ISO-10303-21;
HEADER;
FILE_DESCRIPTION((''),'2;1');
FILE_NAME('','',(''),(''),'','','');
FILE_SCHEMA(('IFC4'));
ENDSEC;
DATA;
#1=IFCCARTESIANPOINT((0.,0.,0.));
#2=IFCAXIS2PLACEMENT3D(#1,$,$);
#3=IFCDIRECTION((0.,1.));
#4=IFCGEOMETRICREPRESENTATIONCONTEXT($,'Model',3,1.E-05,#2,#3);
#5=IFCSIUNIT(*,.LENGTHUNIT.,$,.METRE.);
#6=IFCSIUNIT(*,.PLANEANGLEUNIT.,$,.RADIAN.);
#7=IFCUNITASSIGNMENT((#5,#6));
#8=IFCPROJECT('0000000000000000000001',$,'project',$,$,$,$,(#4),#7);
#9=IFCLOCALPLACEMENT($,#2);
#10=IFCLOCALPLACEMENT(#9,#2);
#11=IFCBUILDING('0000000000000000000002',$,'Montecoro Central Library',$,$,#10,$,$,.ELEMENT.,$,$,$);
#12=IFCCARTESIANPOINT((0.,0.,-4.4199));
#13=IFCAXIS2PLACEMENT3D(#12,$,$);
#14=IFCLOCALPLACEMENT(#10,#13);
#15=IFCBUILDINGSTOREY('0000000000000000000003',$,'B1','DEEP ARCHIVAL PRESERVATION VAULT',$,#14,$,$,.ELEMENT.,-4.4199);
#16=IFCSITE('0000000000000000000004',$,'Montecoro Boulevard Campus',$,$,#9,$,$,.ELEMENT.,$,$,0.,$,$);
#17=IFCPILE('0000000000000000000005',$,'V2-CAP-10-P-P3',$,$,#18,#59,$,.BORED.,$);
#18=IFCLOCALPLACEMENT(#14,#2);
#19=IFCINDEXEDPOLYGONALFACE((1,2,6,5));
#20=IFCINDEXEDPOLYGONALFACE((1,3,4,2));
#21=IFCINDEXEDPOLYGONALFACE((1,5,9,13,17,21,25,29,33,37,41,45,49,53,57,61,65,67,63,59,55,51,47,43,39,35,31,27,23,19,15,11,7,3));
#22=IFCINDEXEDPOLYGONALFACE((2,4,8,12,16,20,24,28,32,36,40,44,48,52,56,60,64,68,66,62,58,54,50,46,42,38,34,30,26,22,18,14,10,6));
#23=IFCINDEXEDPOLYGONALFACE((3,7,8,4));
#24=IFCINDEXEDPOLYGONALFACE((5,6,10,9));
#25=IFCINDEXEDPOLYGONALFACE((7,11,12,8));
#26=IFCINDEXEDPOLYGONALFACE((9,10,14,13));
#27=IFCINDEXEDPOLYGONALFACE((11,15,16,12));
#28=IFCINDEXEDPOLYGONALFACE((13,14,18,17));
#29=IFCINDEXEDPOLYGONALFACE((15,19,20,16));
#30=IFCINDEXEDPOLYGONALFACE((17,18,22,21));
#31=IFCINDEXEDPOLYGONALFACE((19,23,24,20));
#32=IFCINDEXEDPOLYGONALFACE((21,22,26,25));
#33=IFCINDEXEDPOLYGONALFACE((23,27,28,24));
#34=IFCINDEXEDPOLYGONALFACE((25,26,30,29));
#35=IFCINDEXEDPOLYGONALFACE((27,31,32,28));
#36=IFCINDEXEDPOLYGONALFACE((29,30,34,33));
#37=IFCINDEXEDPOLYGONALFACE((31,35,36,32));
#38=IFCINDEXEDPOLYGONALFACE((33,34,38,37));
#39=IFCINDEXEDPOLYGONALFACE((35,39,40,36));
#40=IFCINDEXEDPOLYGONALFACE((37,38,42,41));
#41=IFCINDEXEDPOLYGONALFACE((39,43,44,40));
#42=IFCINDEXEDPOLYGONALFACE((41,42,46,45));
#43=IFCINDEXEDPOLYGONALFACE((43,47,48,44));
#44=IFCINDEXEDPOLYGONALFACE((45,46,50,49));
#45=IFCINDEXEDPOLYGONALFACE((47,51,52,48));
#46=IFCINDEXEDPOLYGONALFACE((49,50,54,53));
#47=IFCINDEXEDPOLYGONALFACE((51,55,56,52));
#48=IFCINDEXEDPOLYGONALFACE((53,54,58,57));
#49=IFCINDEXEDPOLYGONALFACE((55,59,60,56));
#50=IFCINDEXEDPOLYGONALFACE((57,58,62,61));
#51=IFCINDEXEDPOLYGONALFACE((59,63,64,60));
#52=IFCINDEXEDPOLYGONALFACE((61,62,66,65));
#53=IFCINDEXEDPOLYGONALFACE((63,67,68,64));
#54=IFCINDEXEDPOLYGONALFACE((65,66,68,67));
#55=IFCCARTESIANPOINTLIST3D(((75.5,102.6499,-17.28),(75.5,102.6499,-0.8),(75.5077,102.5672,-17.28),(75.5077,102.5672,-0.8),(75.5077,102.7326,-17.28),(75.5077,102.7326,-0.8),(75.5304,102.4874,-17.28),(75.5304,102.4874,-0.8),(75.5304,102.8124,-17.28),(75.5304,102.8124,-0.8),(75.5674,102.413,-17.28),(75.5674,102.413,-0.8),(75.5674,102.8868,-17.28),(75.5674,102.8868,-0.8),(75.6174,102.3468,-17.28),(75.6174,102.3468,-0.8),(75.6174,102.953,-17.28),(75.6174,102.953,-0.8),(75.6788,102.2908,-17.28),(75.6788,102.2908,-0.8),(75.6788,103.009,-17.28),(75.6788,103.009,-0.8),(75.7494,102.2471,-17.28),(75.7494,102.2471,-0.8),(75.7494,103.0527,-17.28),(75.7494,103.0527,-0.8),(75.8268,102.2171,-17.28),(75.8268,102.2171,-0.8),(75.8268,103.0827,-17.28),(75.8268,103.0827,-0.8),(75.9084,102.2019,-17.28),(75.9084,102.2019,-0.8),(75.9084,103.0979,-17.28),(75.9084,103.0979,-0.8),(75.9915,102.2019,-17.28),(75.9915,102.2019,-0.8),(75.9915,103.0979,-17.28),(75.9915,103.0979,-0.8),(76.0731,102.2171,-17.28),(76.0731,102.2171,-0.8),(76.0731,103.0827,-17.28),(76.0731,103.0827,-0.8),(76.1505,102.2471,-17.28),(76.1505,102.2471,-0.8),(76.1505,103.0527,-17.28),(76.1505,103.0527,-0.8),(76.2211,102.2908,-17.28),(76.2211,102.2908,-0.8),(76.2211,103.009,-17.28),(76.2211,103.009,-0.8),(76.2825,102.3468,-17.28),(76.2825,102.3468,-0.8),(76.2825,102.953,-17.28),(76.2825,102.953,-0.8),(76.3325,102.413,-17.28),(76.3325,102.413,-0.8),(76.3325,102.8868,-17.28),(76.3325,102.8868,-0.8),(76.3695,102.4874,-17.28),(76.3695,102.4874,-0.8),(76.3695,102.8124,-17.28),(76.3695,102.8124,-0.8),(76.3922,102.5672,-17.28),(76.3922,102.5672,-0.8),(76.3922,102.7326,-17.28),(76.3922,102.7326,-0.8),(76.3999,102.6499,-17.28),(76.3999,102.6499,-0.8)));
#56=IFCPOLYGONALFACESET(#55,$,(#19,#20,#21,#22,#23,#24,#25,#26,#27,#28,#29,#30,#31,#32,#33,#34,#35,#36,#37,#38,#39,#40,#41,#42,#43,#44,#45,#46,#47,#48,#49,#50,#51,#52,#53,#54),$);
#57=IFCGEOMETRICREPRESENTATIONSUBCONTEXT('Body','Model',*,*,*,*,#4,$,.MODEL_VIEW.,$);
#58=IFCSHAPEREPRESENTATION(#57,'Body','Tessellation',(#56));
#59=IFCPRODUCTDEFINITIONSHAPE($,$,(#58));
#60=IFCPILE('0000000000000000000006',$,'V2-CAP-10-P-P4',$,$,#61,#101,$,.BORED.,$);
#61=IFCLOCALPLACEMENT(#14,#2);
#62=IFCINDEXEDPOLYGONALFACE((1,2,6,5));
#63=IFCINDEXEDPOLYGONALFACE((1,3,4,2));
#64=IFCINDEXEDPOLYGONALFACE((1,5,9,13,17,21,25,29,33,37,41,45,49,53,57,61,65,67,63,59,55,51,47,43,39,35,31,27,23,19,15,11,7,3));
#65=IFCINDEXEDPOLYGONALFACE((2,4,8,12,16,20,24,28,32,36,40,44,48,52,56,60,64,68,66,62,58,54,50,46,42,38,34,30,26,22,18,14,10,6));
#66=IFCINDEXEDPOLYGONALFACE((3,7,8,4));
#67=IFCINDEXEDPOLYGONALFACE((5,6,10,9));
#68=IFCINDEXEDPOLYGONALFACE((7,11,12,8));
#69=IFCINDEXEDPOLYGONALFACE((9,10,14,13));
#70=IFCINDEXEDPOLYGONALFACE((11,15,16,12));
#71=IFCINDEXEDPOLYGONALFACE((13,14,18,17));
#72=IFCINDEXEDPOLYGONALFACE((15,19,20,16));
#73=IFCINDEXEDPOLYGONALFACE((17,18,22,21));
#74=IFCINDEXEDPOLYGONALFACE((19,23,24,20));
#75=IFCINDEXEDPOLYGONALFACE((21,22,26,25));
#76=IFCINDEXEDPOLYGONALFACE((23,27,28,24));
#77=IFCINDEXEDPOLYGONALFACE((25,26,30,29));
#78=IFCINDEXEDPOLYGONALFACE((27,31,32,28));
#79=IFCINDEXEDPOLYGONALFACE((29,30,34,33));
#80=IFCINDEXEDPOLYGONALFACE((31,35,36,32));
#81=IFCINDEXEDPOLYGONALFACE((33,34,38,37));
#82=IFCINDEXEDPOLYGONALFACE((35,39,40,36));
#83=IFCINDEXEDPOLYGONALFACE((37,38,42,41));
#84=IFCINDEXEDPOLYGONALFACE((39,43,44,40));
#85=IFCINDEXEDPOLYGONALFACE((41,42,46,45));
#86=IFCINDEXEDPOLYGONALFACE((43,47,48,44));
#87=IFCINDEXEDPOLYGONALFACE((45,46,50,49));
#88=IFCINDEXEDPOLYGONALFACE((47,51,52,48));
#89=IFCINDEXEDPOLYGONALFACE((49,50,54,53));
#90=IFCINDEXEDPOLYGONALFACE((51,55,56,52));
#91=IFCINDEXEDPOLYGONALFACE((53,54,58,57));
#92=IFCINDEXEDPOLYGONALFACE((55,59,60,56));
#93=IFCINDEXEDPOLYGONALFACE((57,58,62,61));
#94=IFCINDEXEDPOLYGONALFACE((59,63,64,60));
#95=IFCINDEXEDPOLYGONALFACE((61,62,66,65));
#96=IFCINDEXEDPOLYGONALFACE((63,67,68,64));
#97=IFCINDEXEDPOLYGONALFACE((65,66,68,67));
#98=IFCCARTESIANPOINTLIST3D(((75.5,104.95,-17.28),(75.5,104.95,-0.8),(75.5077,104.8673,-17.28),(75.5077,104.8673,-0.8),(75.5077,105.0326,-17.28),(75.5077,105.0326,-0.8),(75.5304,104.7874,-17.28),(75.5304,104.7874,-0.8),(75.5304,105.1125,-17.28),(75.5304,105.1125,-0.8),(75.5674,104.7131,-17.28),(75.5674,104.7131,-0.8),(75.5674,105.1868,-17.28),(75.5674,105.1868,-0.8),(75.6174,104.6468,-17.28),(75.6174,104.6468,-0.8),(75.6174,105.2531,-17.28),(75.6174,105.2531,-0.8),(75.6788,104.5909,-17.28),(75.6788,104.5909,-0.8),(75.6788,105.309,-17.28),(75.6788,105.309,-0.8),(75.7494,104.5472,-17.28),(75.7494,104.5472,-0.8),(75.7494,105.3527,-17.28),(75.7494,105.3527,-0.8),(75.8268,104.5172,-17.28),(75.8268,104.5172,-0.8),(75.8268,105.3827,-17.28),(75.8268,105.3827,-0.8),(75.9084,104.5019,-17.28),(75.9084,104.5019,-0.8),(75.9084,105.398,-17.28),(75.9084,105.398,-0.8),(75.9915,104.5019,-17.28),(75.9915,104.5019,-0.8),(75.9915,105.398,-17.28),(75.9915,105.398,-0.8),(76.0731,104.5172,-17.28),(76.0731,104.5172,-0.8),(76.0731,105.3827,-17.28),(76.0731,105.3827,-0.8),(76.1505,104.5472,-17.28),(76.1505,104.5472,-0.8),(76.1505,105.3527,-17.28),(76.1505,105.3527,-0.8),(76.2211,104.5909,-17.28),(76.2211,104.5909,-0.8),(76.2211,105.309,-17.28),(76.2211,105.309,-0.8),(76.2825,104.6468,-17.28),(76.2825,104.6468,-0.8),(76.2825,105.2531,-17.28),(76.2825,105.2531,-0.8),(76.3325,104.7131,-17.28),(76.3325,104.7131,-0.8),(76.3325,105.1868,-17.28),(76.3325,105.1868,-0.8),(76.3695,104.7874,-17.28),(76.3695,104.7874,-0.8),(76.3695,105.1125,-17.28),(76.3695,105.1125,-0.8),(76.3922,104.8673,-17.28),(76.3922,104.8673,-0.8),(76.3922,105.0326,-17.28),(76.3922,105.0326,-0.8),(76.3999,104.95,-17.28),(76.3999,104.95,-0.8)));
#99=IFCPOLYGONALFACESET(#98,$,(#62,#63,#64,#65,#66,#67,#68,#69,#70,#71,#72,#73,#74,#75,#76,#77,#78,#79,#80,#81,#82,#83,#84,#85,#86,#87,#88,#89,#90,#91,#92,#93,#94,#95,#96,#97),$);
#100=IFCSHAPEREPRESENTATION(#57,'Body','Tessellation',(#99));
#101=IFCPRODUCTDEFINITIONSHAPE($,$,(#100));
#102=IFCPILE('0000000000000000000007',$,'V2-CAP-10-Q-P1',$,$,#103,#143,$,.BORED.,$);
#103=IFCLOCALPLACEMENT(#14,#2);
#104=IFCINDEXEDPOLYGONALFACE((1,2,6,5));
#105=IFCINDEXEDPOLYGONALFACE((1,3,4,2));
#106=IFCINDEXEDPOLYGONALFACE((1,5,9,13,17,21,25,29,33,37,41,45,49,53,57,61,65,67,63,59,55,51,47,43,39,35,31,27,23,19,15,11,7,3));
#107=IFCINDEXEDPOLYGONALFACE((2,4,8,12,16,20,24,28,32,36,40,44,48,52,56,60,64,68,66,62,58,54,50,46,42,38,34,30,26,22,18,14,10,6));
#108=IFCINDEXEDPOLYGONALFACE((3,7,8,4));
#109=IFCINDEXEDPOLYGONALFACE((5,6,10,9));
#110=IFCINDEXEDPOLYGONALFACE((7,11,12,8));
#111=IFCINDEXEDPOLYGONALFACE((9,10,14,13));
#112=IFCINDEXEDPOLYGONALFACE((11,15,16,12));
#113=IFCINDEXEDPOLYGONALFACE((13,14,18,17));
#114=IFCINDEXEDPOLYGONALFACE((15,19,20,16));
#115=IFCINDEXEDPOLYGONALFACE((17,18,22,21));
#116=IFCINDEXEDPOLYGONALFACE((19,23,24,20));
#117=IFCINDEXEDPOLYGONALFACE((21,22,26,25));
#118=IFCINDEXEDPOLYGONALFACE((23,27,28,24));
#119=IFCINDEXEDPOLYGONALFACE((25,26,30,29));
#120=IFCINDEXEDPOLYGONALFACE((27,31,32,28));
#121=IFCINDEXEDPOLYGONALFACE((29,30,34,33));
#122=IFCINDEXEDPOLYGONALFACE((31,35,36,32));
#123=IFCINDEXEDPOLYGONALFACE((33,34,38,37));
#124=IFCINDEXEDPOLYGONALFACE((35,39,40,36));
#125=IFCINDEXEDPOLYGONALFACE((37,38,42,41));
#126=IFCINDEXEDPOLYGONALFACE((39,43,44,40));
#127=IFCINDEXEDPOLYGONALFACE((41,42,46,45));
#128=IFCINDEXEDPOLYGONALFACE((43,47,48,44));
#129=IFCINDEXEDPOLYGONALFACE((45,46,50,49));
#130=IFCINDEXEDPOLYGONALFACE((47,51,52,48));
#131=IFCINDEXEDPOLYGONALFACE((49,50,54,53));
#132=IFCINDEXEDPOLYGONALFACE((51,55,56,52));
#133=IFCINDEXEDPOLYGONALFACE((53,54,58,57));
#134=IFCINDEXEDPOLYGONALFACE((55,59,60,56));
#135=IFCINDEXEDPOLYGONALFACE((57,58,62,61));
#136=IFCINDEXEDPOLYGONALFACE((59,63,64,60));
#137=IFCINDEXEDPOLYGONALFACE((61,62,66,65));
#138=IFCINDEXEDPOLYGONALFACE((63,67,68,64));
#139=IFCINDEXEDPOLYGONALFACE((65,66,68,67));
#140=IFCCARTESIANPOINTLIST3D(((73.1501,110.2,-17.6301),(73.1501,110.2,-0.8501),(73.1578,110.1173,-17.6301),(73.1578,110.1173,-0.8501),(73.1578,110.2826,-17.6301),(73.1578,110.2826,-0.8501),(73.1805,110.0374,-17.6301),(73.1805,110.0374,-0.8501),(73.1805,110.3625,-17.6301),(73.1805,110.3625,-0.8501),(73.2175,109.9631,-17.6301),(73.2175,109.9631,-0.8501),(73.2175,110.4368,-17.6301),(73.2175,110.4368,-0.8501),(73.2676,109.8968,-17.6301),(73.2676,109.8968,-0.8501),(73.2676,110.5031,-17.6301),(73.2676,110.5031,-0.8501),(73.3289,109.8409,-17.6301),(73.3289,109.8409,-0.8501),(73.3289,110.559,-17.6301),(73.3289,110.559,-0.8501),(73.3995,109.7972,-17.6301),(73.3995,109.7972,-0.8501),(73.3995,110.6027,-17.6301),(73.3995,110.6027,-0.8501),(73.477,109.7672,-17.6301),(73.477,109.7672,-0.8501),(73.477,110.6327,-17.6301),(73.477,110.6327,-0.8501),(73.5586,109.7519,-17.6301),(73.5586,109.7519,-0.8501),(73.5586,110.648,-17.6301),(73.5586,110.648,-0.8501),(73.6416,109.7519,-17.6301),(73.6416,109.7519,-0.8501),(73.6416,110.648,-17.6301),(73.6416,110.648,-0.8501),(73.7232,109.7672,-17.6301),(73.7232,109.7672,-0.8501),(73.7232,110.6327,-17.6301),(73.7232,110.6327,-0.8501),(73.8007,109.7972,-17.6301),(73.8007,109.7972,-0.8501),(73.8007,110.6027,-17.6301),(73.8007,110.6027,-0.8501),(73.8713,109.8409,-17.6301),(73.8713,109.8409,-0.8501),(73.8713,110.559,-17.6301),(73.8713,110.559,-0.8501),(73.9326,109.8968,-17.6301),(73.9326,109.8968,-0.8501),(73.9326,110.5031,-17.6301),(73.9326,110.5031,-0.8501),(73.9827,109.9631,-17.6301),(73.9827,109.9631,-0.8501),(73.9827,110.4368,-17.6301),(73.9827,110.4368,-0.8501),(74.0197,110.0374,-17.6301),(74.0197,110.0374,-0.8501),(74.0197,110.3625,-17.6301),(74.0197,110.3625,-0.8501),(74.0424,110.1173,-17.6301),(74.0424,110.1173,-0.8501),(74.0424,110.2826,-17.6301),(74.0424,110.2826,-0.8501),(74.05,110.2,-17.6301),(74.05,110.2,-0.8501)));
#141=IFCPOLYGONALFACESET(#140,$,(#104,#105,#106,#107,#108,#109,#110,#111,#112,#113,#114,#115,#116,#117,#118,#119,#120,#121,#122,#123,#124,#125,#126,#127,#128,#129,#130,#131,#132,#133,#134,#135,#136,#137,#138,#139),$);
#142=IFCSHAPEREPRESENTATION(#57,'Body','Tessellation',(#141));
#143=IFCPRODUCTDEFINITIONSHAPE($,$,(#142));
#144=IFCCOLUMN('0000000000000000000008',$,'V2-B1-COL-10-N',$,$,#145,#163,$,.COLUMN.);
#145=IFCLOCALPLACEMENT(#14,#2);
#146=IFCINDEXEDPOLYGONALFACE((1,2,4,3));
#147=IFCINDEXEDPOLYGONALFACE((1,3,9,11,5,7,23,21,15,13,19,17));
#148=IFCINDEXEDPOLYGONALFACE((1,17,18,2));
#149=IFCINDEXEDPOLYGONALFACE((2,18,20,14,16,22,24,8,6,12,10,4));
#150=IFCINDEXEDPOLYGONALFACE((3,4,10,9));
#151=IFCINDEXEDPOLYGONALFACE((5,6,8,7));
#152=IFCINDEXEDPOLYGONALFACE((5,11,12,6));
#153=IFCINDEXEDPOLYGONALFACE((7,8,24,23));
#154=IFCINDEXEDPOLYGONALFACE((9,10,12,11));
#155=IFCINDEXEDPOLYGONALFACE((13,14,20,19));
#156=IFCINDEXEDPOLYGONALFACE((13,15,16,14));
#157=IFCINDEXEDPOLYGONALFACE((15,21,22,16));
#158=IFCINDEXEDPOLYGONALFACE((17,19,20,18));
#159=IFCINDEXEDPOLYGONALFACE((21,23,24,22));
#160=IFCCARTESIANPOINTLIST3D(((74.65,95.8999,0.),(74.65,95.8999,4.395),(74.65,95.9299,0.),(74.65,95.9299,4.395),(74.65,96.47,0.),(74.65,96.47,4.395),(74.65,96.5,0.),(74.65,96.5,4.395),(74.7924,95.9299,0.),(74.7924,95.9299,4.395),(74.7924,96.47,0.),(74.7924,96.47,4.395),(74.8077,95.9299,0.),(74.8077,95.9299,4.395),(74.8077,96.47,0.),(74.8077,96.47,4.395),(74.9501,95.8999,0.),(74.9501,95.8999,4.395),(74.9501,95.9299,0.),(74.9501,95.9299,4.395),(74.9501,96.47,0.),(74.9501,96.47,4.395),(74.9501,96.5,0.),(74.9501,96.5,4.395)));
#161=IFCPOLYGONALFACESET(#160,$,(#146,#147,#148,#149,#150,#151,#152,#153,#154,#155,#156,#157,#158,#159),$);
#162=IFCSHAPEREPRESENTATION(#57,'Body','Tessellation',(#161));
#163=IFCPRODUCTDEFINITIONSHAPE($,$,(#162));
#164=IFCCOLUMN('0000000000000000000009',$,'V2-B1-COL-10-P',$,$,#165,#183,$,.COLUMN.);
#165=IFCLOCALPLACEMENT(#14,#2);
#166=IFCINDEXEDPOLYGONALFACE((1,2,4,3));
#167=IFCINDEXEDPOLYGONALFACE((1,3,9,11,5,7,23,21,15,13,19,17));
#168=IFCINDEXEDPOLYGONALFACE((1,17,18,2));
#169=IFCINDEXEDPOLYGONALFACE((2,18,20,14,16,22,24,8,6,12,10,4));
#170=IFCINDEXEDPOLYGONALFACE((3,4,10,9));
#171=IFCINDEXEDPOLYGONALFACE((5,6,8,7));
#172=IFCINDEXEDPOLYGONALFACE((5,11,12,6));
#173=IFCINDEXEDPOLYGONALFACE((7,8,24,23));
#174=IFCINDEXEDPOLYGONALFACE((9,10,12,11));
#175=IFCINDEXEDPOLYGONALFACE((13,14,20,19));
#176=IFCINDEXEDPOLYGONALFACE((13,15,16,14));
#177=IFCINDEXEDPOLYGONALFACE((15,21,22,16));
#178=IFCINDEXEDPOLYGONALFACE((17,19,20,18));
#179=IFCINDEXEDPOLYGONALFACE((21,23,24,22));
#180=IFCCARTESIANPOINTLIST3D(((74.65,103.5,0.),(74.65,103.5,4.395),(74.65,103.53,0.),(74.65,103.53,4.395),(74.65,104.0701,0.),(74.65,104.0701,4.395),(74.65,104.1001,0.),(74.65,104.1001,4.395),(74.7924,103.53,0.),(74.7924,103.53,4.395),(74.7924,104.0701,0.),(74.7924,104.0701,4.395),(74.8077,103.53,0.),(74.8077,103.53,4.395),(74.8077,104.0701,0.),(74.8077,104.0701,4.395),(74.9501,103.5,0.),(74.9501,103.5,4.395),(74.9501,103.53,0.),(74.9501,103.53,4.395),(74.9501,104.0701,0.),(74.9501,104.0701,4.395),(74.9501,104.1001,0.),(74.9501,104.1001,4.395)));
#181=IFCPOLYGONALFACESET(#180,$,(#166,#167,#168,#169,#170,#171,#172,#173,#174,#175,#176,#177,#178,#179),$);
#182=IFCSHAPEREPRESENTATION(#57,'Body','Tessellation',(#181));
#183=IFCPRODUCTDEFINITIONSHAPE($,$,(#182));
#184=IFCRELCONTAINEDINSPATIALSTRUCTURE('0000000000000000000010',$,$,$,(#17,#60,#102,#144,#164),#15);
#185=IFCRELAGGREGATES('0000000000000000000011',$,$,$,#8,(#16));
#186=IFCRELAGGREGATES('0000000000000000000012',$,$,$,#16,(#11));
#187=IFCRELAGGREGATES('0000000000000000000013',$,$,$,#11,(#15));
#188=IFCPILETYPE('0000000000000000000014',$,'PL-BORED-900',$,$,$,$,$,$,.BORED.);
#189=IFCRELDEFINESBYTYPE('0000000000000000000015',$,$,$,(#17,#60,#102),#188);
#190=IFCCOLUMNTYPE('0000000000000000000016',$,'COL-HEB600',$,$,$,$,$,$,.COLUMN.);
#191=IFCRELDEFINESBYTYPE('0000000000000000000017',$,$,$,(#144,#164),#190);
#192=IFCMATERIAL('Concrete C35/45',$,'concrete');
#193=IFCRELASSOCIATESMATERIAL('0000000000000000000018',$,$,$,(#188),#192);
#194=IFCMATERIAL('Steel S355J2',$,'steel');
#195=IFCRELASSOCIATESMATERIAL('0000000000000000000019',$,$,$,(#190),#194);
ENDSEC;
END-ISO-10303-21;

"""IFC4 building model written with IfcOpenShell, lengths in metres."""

from ifc_helpers import new_model, si_unit, direction, frame, origin, origin_2d, place, context, subcontext, project, spatial, circle, i_section, extrude, material, material_profile, profile_set, type_object, element, save


model = new_model("IFC4")

# Units and contexts
model_context = context("Model", 3, precision=1e-05, world=origin(), true_north=direction((0.0, 1.0)))
body_context = subcontext(model_context, "Body", "Model", "MODEL_VIEW")
ifc_project = project(units=[si_unit("LENGTHUNIT", "METRE"), si_unit("PLANEANGLEUNIT", "RADIAN")], contexts=[model_context])

# Site, building, storey
site_placement = place(None, origin())
site = spatial("IfcSite", under=ifc_project, at=site_placement, Name="Montecoro Boulevard Campus", CompositionType="ELEMENT", RefElevation=0.0)
building_placement = place(site_placement, origin())
building = spatial("IfcBuilding", under=site, at=building_placement, Name="Montecoro Central Library", CompositionType="ELEMENT")
storey_placement = place(building_placement, frame((0.0, 0.0, -4.4199)))
storey = spatial("IfcBuildingStorey", under=building, at=storey_placement, Name="B1", Description="DEEP ARCHIVAL PRESERVATION VAULT", CompositionType="ELEMENT", Elevation=-4.4199)

# Shared definitions
ifc_material_1 = material(Name="Concrete C35/45", Category="concrete")

# Piles
ifc_material_profile_1 = material_profile(ifc_material_1, circle(Radius=0.45, at=origin_2d()), Name="PILE D900")
ifc_profile_set_1 = profile_set([ifc_material_profile_1], Name="Concrete C35/45")
pile_type_1 = type_object("IfcPileType", Name="PL-BORED-900", PredefinedType="BORED", material=ifc_profile_set_1)
for number, where, z_axis, x_axis, name in (
    (1, (75.95, 102.6499, -0.8), (0.0, 0.0, -1.0), (1.0, 0.0, 0.0), "V2-CAP-10-P-P3"),
    (2, (75.95, 104.95, -0.8), (0.0, 0.0, -1.0), (1.0, 0.0, 0.0), "V2-CAP-10-P-P4"),
):
    element("IfcPile", number, at=place(storey_placement, frame(where, z_axis=z_axis, x_axis=x_axis)), inside=storey, type_object=pile_type_1, Name=name, PredefinedType="BORED", context=body_context, shape_type="SweptSolid", body=[
        extrude(circle(Radius=0.45, at=origin_2d()), origin(), (0.0, 0.0, 1.0), 16.48),
    ])
pile_placement = place(storey_placement, frame((73.6001, 110.2, -0.8501), z_axis=(0.0, 0.0, -1.0), x_axis=(1.0, 0.0, 0.0)))
element("IfcPile", 3, at=pile_placement, inside=storey, type_object=pile_type_1, Name="V2-CAP-10-Q-P1", PredefinedType="BORED", context=body_context, shape_type="SweptSolid", body=[
    extrude(circle(Radius=0.45, at=origin_2d()), origin(), (0.0, 0.0, 1.0), 16.78),
])

# Columns
ifc_material_2 = material(Name="Steel S355J2", Category="steel")
ifc_material_profile_2 = material_profile(ifc_material_2, i_section(OverallWidth=0.3, OverallDepth=0.6001, WebThickness=0.0154, FlangeThickness=0.03, at=origin_2d()), Name="HEB 600")
ifc_profile_set_2 = profile_set([ifc_material_profile_2], Name="Steel S355J2")
column_type = type_object("IfcColumnType", Name="COL-HEB600", PredefinedType="COLUMN", material=ifc_profile_set_2)
for number, where, z_axis, x_axis, name in (
    (4, (74.8, 96.2, 0.0), (0.0, 0.0, 1.0), (1.0, 0.0, 0.0), "V2-B1-COL-10-N"),
    (5, (74.8, 103.8, 0.0), (0.0, 0.0, 1.0), (1.0, 0.0, 0.0), "V2-B1-COL-10-P"),
):
    element("IfcColumn", number, at=place(storey_placement, frame(where, z_axis=z_axis, x_axis=x_axis)), inside=storey, type_object=column_type, Name=name, PredefinedType="COLUMN", context=body_context, shape_type="SweptSolid", body=[
        extrude(i_section(OverallWidth=0.3, OverallDepth=0.6001, WebThickness=0.0154, FlangeThickness=0.03, at=origin_2d()), origin(), (0.0, 0.0, 1.0), 4.395),
    ])

save(model, "model.ifc")
